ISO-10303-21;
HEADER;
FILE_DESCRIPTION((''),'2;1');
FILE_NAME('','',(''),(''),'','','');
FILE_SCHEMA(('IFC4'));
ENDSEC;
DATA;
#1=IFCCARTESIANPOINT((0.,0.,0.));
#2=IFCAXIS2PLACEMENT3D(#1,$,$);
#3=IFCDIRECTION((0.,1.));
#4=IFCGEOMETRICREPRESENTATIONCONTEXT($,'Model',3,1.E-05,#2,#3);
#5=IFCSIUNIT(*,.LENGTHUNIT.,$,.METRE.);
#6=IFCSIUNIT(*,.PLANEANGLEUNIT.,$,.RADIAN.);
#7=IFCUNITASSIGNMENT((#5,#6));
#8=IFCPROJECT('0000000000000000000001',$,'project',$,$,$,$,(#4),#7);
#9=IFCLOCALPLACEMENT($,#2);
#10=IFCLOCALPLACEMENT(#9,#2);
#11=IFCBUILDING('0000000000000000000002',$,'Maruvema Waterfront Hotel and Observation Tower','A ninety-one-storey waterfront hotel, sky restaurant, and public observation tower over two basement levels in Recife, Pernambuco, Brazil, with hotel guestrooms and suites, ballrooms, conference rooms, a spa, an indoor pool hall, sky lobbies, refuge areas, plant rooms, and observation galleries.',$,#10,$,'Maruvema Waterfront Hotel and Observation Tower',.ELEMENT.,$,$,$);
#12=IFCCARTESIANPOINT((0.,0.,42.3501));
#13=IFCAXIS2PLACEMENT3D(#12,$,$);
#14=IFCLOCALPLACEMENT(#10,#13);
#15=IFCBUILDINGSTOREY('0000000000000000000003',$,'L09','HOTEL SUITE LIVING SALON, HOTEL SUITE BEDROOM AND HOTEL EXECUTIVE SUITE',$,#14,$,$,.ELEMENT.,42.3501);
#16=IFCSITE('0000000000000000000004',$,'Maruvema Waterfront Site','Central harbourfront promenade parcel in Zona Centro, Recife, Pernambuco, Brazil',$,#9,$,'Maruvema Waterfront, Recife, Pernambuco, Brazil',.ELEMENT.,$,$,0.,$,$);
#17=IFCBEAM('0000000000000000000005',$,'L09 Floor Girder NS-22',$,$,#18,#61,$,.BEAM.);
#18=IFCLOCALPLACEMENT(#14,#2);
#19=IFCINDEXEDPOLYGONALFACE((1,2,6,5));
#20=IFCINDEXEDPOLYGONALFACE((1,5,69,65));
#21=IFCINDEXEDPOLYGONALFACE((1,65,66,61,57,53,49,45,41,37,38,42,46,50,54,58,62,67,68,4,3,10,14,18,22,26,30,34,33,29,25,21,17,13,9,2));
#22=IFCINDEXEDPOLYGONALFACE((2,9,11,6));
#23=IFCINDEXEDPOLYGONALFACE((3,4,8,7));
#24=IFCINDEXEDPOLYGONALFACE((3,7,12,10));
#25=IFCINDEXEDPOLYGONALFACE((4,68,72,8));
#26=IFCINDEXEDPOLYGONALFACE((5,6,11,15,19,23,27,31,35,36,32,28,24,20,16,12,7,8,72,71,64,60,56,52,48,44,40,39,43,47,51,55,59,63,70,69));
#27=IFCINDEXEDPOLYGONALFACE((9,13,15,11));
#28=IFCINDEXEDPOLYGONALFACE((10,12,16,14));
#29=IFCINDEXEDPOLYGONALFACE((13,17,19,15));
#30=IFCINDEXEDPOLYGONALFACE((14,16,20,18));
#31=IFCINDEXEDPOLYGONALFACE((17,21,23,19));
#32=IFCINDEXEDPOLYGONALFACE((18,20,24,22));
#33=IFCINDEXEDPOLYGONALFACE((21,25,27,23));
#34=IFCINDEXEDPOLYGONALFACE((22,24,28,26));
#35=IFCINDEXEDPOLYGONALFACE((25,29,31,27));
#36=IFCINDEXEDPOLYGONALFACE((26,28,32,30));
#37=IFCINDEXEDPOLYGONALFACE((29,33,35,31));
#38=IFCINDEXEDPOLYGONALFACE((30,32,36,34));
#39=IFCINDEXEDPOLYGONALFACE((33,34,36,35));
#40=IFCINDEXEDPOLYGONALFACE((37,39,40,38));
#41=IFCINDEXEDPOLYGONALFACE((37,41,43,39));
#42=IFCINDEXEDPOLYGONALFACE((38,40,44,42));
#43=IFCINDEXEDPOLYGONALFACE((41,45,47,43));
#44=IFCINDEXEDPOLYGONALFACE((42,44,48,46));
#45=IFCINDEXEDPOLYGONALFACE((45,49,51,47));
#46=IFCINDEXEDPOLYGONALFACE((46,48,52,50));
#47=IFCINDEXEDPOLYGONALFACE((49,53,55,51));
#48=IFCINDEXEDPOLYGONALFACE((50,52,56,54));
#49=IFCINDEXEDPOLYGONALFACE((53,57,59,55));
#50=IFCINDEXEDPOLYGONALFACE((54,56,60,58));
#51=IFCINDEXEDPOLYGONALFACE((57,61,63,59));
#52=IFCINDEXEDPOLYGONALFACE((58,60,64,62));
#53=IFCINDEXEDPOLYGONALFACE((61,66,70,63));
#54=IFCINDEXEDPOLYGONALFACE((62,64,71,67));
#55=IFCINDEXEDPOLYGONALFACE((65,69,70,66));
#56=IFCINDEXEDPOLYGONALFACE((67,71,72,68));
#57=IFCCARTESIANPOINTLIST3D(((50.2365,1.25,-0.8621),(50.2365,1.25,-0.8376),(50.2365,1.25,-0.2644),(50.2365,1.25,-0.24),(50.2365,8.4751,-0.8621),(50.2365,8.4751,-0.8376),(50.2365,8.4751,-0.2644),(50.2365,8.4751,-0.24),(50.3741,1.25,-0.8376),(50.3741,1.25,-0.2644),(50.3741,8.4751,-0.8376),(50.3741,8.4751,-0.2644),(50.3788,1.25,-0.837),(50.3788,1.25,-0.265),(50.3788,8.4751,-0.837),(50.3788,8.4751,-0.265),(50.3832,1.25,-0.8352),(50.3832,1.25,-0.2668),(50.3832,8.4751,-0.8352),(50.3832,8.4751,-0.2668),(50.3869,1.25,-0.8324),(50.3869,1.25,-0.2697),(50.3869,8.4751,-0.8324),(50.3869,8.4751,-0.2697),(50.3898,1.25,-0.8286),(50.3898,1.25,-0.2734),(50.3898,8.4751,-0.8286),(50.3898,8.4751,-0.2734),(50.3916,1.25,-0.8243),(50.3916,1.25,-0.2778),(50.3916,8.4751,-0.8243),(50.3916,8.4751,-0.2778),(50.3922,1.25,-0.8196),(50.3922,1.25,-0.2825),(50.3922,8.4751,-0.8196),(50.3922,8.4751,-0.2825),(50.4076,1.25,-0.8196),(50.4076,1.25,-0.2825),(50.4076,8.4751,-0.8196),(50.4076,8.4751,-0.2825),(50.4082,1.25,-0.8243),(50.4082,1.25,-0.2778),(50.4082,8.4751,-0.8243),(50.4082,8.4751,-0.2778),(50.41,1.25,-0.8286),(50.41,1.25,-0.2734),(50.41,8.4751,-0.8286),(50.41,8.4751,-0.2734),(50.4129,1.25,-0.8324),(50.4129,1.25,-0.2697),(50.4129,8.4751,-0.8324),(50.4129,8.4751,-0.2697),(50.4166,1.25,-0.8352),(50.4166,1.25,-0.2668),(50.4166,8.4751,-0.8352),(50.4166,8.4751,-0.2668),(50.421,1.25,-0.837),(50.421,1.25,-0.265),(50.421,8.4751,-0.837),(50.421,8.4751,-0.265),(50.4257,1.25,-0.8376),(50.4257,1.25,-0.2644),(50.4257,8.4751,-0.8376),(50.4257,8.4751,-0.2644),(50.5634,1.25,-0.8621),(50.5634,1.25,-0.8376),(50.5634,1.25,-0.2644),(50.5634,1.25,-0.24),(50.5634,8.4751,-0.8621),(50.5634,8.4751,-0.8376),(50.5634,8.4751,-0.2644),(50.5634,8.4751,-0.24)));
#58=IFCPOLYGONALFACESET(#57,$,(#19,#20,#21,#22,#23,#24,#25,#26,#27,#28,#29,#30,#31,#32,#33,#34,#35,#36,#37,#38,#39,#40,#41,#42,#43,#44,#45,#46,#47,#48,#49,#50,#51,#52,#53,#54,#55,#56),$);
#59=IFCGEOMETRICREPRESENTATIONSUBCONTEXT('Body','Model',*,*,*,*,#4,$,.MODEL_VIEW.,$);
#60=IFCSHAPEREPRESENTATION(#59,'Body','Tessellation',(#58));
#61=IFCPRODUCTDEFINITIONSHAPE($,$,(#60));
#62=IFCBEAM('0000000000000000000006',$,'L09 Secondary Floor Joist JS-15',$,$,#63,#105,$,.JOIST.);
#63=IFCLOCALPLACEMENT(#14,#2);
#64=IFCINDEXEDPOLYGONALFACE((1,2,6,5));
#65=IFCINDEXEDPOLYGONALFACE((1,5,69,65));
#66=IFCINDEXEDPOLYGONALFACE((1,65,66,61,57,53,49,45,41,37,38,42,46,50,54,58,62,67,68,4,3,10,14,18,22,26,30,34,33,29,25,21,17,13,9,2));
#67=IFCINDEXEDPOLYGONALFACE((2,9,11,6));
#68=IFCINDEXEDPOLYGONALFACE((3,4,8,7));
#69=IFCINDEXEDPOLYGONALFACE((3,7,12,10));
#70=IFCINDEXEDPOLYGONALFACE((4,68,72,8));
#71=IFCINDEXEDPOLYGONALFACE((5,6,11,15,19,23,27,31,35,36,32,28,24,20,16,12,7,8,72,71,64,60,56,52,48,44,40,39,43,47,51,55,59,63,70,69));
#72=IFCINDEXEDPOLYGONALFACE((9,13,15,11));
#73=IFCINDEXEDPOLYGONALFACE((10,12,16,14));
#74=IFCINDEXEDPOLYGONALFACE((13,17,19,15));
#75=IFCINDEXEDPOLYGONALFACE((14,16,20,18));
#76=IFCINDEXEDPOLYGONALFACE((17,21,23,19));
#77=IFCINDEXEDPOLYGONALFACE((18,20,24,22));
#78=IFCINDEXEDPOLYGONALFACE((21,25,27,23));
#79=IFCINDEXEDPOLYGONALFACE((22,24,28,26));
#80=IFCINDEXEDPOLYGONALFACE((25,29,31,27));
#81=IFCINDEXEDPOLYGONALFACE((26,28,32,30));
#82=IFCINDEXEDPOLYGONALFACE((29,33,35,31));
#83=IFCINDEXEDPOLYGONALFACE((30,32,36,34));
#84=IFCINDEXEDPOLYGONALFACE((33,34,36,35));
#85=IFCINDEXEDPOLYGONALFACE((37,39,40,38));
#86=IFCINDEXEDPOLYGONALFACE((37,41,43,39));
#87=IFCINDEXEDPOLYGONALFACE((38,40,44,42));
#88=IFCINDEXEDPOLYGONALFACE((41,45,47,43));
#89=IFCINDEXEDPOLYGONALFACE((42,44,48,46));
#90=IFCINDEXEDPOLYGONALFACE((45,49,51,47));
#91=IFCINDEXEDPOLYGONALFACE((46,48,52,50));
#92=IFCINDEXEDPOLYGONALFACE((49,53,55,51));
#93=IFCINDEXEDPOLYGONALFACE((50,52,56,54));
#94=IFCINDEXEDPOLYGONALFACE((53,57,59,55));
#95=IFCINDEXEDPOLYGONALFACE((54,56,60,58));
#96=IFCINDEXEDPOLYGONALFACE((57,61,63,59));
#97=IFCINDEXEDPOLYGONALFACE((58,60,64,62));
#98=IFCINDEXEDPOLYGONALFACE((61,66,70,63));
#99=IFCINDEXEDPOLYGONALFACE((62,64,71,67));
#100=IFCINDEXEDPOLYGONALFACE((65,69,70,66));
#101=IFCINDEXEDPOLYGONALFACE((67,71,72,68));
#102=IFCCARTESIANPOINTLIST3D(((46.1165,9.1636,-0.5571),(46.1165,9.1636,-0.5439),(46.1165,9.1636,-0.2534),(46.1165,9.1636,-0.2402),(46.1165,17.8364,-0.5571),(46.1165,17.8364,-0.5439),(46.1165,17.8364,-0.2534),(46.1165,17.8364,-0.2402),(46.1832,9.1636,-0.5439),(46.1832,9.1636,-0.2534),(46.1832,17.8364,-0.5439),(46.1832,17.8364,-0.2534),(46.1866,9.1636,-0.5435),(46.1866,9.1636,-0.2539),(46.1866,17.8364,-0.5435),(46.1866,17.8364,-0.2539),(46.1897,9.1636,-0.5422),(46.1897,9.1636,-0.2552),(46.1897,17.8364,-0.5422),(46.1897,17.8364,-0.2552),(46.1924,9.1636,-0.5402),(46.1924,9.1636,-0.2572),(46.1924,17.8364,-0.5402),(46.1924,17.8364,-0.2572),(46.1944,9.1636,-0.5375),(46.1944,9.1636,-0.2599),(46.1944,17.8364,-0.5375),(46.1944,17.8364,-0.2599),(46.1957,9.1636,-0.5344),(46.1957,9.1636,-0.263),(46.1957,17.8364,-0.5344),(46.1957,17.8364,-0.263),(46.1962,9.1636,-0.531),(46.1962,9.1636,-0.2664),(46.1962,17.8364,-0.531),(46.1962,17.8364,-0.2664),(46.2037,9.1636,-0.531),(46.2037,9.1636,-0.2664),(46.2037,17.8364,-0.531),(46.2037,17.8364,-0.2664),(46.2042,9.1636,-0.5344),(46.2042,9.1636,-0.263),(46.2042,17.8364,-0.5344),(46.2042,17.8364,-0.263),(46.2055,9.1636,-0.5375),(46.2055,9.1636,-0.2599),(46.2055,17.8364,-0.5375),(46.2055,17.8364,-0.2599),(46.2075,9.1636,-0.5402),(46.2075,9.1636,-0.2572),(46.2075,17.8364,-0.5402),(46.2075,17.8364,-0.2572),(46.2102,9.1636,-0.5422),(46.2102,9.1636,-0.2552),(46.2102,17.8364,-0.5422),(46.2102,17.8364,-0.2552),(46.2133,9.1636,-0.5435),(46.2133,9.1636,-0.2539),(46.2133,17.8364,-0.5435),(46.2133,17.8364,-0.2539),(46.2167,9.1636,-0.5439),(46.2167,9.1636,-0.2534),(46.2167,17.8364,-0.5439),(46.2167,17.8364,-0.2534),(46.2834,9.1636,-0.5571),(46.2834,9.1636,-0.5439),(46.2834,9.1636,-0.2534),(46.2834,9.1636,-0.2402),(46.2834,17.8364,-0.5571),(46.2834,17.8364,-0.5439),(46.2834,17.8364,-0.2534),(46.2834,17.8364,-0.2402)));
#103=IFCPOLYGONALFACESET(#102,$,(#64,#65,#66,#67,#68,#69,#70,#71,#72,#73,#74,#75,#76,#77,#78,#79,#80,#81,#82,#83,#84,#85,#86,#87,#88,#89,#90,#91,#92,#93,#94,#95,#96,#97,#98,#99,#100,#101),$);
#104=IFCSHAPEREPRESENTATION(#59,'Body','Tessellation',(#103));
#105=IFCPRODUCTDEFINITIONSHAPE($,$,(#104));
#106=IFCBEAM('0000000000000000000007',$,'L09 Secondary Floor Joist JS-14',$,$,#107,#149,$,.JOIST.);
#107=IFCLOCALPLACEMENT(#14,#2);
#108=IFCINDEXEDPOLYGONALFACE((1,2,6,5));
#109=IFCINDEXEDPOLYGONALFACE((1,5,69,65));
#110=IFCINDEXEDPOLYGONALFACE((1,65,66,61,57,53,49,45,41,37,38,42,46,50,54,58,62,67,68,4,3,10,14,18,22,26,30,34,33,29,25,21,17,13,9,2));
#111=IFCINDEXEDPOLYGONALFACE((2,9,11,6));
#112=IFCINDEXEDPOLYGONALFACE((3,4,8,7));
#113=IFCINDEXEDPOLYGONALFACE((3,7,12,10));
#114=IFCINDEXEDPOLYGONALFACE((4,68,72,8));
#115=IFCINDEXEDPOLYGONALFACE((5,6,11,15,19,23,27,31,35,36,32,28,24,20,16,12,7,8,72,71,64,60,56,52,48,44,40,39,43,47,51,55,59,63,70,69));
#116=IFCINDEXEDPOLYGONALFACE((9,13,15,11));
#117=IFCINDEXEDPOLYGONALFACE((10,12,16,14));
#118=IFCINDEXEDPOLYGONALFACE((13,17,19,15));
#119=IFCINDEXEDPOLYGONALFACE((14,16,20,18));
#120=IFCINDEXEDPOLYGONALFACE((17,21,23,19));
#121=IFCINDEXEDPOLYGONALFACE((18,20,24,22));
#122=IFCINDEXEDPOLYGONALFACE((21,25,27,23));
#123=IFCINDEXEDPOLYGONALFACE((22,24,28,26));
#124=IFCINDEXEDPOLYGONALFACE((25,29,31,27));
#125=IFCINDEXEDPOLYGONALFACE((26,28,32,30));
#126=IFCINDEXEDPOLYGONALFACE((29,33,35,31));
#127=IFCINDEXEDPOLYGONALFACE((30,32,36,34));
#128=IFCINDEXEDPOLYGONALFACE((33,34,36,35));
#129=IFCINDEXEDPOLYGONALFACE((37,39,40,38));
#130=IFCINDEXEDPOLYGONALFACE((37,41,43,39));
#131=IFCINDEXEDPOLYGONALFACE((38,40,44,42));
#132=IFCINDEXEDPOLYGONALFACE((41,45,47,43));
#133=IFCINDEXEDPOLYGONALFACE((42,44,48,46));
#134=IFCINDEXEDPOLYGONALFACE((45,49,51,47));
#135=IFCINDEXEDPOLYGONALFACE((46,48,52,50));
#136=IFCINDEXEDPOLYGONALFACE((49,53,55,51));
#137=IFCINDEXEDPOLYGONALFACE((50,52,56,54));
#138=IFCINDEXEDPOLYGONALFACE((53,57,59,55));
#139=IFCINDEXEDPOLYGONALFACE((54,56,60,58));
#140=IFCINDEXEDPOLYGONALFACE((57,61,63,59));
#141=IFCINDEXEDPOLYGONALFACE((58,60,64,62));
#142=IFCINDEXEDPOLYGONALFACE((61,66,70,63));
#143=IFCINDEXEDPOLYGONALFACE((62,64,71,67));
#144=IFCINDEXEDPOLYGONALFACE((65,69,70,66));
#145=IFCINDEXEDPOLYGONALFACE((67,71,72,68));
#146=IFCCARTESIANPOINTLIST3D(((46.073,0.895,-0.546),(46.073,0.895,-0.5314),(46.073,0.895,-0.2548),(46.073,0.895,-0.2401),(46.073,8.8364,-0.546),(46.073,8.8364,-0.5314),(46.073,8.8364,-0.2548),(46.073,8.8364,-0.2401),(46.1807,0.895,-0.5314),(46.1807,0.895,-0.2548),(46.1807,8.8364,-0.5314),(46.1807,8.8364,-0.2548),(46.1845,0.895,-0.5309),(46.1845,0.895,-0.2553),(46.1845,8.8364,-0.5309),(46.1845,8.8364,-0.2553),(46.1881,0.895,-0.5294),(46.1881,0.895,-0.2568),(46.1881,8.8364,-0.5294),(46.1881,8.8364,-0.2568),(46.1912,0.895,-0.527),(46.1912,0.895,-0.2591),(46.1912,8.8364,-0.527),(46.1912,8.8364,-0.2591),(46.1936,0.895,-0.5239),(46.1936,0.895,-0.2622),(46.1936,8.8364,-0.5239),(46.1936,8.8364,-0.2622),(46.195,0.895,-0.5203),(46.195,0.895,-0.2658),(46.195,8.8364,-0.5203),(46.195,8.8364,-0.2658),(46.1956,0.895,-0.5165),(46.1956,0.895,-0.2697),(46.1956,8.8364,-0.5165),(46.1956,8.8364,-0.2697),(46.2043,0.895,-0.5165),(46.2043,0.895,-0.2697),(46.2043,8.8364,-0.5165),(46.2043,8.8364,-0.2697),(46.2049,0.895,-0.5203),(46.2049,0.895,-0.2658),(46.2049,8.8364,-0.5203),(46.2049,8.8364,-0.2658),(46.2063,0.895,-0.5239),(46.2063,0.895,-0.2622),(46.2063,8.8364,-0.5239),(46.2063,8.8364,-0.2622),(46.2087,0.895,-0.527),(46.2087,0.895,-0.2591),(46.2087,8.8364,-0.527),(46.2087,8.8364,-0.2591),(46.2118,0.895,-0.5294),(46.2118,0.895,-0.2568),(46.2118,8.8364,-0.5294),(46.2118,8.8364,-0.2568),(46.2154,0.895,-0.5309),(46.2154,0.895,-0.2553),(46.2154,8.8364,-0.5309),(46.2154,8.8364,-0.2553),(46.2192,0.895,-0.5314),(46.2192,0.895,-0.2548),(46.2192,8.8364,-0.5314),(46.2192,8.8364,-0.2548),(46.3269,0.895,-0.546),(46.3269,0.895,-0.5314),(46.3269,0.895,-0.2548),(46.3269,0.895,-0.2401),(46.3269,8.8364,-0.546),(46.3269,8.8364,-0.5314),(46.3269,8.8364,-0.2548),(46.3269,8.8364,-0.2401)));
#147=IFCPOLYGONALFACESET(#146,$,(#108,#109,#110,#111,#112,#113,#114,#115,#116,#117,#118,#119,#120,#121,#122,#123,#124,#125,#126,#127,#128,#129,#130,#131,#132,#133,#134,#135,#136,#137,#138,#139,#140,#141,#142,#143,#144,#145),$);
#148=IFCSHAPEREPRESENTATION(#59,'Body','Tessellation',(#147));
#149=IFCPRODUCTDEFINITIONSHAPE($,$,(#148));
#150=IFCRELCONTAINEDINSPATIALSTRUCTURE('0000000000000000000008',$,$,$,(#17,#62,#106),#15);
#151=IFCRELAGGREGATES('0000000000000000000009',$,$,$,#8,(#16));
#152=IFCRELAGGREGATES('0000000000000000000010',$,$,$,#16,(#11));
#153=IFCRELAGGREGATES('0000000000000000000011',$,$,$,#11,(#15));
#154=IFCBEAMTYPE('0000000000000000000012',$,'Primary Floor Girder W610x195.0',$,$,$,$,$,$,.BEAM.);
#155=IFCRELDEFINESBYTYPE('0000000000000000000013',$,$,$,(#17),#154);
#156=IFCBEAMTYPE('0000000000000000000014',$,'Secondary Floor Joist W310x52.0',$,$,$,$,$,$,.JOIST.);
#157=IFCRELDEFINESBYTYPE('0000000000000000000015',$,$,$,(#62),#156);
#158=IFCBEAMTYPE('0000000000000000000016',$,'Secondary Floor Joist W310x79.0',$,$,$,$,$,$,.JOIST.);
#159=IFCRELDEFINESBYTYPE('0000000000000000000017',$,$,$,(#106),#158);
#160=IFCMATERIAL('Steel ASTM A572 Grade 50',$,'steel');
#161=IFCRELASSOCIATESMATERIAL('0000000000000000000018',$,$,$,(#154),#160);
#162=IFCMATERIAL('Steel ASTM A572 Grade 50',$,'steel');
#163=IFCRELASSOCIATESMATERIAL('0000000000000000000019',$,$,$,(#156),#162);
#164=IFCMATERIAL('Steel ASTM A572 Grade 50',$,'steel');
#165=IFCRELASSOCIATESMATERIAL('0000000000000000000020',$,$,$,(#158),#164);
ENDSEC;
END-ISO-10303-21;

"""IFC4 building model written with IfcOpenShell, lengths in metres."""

from ifc_helpers import new_model, si_unit, direction, frame, origin, origin_2d, place, context, subcontext, project, spatial, i_section, extrude, material, material_profile, profile_set, type_object, element, save


model = new_model("IFC4")

# Units and contexts
model_context = context("Model", 3, precision=1e-05, world=origin(), true_north=direction((0.0, 1.0)))
body_context = subcontext(model_context, "Body", "Model", "MODEL_VIEW")
ifc_project = project(units=[si_unit("LENGTHUNIT", "METRE"), si_unit("PLANEANGLEUNIT", "RADIAN")], contexts=[model_context])

# Site, building, storey
site_placement = place(None, origin())
site = spatial("IfcSite", under=ifc_project, at=site_placement, Name="Maruvema Waterfront Site", Description="Central harbourfront promenade parcel in Zona Centro, Recife, Pernambuco, Brazil", LongName="Maruvema Waterfront, Recife, Pernambuco, Brazil", CompositionType="ELEMENT", RefElevation=0.0)
building_placement = place(site_placement, origin())
building = spatial("IfcBuilding", under=site, at=building_placement, Name="Maruvema Waterfront Hotel and Observation Tower", Description="A ninety-one-storey waterfront hotel, sky restaurant, and public observation tower over two basement levels in Recife, Pernambuco, Brazil, with hotel guestrooms and suites, ballrooms, conference rooms, a spa, an indoor pool hall, sky lobbies, refuge areas, plant rooms, and observation galleries.", LongName="Maruvema Waterfront Hotel and Observation Tower", CompositionType="ELEMENT")
storey_placement = place(building_placement, frame((0.0, 0.0, 42.3501)))
storey = spatial("IfcBuildingStorey", under=building, at=storey_placement, Name="L09", Description="HOTEL SUITE LIVING SALON, HOTEL SUITE BEDROOM AND HOTEL EXECUTIVE SUITE", CompositionType="ELEMENT", Elevation=42.3501)

# Beams
ifc_material_1 = material(Name="Steel ASTM A572 Grade 50", Category="steel")
ifc_material_profile_1 = material_profile(ifc_material_1, i_section(OverallWidth=0.3269, OverallDepth=0.6221, WebThickness=0.0154, FlangeThickness=0.0244, FilletRadius=0.0181, at=origin_2d()), Name="W610x195.0")
ifc_profile_set_1 = profile_set([ifc_material_profile_1], Name="Steel ASTM A572 Grade 50")
beam_type_1 = type_object("IfcBeamType", Name="Primary Floor Girder W610x195.0", PredefinedType="BEAM", material=ifc_profile_set_1)
beam_1_placement = place(storey_placement, frame((50.3999, 1.25, -0.551), z_axis=(0.0, 1.0, 0.0), x_axis=(-1.0, 0.0, 0.0)))
element("IfcBeam", 1, at=beam_1_placement, inside=storey, type_object=beam_type_1, Name="L09 Floor Girder NS-22", PredefinedType="BEAM", context=body_context, shape_type="SweptSolid", body=[
    extrude(i_section(OverallWidth=0.3269, OverallDepth=0.6221, WebThickness=0.0154, FlangeThickness=0.0244, FilletRadius=0.0181, at=origin_2d()), origin(), (0.0, 0.0, 1.0), 7.2251),
])
ifc_material_2 = material(Name="Steel ASTM A572 Grade 50", Category="steel")
ifc_material_profile_2 = material_profile(ifc_material_2, i_section(OverallWidth=0.167, OverallDepth=0.3169, WebThickness=0.0076, FlangeThickness=0.0132, FilletRadius=0.0129, at=origin_2d()), Name="W310x52.0")
ifc_profile_set_2 = profile_set([ifc_material_profile_2], Name="Steel ASTM A572 Grade 50")
beam_type_2 = type_object("IfcBeamType", Name="Secondary Floor Joist W310x52.0", PredefinedType="JOIST", material=ifc_profile_set_2)
beam_2_placement = place(storey_placement, frame((46.2, 9.1636, -0.3987), z_axis=(0.0, 1.0, 0.0), x_axis=(-1.0, 0.0, 0.0)))
element("IfcBeam", 2, at=beam_2_placement, inside=storey, type_object=beam_type_2, Name="L09 Secondary Floor Joist JS-15", PredefinedType="JOIST", context=body_context, shape_type="SweptSolid", body=[
    extrude(i_section(OverallWidth=0.167, OverallDepth=0.3169, WebThickness=0.0076, FlangeThickness=0.0132, FilletRadius=0.0129, at=origin_2d()), origin(), (0.0, 0.0, 1.0), 8.6729),
])
ifc_material_3 = material(Name="Steel ASTM A572 Grade 50", Category="steel")
ifc_material_profile_3 = material_profile(ifc_material_3, i_section(OverallWidth=0.2539, OverallDepth=0.3059, WebThickness=0.0088, FlangeThickness=0.0146, FilletRadius=0.0149, at=origin_2d()), Name="W310x79.0")
ifc_profile_set_3 = profile_set([ifc_material_profile_3], Name="Steel ASTM A572 Grade 50")
beam_type_3 = type_object("IfcBeamType", Name="Secondary Floor Joist W310x79.0", PredefinedType="JOIST", material=ifc_profile_set_3)
beam_3_placement = place(storey_placement, frame((46.2, 0.895, -0.3931), z_axis=(0.0, 1.0, 0.0), x_axis=(-1.0, 0.0, 0.0)))
element("IfcBeam", 3, at=beam_3_placement, inside=storey, type_object=beam_type_3, Name="L09 Secondary Floor Joist JS-14", PredefinedType="JOIST", context=body_context, shape_type="SweptSolid", body=[
    extrude(i_section(OverallWidth=0.2539, OverallDepth=0.3059, WebThickness=0.0088, FlangeThickness=0.0146, FilletRadius=0.0149, at=origin_2d()), origin(), (0.0, 0.0, 1.0), 7.9414),
])

save(model, "model.ifc")
